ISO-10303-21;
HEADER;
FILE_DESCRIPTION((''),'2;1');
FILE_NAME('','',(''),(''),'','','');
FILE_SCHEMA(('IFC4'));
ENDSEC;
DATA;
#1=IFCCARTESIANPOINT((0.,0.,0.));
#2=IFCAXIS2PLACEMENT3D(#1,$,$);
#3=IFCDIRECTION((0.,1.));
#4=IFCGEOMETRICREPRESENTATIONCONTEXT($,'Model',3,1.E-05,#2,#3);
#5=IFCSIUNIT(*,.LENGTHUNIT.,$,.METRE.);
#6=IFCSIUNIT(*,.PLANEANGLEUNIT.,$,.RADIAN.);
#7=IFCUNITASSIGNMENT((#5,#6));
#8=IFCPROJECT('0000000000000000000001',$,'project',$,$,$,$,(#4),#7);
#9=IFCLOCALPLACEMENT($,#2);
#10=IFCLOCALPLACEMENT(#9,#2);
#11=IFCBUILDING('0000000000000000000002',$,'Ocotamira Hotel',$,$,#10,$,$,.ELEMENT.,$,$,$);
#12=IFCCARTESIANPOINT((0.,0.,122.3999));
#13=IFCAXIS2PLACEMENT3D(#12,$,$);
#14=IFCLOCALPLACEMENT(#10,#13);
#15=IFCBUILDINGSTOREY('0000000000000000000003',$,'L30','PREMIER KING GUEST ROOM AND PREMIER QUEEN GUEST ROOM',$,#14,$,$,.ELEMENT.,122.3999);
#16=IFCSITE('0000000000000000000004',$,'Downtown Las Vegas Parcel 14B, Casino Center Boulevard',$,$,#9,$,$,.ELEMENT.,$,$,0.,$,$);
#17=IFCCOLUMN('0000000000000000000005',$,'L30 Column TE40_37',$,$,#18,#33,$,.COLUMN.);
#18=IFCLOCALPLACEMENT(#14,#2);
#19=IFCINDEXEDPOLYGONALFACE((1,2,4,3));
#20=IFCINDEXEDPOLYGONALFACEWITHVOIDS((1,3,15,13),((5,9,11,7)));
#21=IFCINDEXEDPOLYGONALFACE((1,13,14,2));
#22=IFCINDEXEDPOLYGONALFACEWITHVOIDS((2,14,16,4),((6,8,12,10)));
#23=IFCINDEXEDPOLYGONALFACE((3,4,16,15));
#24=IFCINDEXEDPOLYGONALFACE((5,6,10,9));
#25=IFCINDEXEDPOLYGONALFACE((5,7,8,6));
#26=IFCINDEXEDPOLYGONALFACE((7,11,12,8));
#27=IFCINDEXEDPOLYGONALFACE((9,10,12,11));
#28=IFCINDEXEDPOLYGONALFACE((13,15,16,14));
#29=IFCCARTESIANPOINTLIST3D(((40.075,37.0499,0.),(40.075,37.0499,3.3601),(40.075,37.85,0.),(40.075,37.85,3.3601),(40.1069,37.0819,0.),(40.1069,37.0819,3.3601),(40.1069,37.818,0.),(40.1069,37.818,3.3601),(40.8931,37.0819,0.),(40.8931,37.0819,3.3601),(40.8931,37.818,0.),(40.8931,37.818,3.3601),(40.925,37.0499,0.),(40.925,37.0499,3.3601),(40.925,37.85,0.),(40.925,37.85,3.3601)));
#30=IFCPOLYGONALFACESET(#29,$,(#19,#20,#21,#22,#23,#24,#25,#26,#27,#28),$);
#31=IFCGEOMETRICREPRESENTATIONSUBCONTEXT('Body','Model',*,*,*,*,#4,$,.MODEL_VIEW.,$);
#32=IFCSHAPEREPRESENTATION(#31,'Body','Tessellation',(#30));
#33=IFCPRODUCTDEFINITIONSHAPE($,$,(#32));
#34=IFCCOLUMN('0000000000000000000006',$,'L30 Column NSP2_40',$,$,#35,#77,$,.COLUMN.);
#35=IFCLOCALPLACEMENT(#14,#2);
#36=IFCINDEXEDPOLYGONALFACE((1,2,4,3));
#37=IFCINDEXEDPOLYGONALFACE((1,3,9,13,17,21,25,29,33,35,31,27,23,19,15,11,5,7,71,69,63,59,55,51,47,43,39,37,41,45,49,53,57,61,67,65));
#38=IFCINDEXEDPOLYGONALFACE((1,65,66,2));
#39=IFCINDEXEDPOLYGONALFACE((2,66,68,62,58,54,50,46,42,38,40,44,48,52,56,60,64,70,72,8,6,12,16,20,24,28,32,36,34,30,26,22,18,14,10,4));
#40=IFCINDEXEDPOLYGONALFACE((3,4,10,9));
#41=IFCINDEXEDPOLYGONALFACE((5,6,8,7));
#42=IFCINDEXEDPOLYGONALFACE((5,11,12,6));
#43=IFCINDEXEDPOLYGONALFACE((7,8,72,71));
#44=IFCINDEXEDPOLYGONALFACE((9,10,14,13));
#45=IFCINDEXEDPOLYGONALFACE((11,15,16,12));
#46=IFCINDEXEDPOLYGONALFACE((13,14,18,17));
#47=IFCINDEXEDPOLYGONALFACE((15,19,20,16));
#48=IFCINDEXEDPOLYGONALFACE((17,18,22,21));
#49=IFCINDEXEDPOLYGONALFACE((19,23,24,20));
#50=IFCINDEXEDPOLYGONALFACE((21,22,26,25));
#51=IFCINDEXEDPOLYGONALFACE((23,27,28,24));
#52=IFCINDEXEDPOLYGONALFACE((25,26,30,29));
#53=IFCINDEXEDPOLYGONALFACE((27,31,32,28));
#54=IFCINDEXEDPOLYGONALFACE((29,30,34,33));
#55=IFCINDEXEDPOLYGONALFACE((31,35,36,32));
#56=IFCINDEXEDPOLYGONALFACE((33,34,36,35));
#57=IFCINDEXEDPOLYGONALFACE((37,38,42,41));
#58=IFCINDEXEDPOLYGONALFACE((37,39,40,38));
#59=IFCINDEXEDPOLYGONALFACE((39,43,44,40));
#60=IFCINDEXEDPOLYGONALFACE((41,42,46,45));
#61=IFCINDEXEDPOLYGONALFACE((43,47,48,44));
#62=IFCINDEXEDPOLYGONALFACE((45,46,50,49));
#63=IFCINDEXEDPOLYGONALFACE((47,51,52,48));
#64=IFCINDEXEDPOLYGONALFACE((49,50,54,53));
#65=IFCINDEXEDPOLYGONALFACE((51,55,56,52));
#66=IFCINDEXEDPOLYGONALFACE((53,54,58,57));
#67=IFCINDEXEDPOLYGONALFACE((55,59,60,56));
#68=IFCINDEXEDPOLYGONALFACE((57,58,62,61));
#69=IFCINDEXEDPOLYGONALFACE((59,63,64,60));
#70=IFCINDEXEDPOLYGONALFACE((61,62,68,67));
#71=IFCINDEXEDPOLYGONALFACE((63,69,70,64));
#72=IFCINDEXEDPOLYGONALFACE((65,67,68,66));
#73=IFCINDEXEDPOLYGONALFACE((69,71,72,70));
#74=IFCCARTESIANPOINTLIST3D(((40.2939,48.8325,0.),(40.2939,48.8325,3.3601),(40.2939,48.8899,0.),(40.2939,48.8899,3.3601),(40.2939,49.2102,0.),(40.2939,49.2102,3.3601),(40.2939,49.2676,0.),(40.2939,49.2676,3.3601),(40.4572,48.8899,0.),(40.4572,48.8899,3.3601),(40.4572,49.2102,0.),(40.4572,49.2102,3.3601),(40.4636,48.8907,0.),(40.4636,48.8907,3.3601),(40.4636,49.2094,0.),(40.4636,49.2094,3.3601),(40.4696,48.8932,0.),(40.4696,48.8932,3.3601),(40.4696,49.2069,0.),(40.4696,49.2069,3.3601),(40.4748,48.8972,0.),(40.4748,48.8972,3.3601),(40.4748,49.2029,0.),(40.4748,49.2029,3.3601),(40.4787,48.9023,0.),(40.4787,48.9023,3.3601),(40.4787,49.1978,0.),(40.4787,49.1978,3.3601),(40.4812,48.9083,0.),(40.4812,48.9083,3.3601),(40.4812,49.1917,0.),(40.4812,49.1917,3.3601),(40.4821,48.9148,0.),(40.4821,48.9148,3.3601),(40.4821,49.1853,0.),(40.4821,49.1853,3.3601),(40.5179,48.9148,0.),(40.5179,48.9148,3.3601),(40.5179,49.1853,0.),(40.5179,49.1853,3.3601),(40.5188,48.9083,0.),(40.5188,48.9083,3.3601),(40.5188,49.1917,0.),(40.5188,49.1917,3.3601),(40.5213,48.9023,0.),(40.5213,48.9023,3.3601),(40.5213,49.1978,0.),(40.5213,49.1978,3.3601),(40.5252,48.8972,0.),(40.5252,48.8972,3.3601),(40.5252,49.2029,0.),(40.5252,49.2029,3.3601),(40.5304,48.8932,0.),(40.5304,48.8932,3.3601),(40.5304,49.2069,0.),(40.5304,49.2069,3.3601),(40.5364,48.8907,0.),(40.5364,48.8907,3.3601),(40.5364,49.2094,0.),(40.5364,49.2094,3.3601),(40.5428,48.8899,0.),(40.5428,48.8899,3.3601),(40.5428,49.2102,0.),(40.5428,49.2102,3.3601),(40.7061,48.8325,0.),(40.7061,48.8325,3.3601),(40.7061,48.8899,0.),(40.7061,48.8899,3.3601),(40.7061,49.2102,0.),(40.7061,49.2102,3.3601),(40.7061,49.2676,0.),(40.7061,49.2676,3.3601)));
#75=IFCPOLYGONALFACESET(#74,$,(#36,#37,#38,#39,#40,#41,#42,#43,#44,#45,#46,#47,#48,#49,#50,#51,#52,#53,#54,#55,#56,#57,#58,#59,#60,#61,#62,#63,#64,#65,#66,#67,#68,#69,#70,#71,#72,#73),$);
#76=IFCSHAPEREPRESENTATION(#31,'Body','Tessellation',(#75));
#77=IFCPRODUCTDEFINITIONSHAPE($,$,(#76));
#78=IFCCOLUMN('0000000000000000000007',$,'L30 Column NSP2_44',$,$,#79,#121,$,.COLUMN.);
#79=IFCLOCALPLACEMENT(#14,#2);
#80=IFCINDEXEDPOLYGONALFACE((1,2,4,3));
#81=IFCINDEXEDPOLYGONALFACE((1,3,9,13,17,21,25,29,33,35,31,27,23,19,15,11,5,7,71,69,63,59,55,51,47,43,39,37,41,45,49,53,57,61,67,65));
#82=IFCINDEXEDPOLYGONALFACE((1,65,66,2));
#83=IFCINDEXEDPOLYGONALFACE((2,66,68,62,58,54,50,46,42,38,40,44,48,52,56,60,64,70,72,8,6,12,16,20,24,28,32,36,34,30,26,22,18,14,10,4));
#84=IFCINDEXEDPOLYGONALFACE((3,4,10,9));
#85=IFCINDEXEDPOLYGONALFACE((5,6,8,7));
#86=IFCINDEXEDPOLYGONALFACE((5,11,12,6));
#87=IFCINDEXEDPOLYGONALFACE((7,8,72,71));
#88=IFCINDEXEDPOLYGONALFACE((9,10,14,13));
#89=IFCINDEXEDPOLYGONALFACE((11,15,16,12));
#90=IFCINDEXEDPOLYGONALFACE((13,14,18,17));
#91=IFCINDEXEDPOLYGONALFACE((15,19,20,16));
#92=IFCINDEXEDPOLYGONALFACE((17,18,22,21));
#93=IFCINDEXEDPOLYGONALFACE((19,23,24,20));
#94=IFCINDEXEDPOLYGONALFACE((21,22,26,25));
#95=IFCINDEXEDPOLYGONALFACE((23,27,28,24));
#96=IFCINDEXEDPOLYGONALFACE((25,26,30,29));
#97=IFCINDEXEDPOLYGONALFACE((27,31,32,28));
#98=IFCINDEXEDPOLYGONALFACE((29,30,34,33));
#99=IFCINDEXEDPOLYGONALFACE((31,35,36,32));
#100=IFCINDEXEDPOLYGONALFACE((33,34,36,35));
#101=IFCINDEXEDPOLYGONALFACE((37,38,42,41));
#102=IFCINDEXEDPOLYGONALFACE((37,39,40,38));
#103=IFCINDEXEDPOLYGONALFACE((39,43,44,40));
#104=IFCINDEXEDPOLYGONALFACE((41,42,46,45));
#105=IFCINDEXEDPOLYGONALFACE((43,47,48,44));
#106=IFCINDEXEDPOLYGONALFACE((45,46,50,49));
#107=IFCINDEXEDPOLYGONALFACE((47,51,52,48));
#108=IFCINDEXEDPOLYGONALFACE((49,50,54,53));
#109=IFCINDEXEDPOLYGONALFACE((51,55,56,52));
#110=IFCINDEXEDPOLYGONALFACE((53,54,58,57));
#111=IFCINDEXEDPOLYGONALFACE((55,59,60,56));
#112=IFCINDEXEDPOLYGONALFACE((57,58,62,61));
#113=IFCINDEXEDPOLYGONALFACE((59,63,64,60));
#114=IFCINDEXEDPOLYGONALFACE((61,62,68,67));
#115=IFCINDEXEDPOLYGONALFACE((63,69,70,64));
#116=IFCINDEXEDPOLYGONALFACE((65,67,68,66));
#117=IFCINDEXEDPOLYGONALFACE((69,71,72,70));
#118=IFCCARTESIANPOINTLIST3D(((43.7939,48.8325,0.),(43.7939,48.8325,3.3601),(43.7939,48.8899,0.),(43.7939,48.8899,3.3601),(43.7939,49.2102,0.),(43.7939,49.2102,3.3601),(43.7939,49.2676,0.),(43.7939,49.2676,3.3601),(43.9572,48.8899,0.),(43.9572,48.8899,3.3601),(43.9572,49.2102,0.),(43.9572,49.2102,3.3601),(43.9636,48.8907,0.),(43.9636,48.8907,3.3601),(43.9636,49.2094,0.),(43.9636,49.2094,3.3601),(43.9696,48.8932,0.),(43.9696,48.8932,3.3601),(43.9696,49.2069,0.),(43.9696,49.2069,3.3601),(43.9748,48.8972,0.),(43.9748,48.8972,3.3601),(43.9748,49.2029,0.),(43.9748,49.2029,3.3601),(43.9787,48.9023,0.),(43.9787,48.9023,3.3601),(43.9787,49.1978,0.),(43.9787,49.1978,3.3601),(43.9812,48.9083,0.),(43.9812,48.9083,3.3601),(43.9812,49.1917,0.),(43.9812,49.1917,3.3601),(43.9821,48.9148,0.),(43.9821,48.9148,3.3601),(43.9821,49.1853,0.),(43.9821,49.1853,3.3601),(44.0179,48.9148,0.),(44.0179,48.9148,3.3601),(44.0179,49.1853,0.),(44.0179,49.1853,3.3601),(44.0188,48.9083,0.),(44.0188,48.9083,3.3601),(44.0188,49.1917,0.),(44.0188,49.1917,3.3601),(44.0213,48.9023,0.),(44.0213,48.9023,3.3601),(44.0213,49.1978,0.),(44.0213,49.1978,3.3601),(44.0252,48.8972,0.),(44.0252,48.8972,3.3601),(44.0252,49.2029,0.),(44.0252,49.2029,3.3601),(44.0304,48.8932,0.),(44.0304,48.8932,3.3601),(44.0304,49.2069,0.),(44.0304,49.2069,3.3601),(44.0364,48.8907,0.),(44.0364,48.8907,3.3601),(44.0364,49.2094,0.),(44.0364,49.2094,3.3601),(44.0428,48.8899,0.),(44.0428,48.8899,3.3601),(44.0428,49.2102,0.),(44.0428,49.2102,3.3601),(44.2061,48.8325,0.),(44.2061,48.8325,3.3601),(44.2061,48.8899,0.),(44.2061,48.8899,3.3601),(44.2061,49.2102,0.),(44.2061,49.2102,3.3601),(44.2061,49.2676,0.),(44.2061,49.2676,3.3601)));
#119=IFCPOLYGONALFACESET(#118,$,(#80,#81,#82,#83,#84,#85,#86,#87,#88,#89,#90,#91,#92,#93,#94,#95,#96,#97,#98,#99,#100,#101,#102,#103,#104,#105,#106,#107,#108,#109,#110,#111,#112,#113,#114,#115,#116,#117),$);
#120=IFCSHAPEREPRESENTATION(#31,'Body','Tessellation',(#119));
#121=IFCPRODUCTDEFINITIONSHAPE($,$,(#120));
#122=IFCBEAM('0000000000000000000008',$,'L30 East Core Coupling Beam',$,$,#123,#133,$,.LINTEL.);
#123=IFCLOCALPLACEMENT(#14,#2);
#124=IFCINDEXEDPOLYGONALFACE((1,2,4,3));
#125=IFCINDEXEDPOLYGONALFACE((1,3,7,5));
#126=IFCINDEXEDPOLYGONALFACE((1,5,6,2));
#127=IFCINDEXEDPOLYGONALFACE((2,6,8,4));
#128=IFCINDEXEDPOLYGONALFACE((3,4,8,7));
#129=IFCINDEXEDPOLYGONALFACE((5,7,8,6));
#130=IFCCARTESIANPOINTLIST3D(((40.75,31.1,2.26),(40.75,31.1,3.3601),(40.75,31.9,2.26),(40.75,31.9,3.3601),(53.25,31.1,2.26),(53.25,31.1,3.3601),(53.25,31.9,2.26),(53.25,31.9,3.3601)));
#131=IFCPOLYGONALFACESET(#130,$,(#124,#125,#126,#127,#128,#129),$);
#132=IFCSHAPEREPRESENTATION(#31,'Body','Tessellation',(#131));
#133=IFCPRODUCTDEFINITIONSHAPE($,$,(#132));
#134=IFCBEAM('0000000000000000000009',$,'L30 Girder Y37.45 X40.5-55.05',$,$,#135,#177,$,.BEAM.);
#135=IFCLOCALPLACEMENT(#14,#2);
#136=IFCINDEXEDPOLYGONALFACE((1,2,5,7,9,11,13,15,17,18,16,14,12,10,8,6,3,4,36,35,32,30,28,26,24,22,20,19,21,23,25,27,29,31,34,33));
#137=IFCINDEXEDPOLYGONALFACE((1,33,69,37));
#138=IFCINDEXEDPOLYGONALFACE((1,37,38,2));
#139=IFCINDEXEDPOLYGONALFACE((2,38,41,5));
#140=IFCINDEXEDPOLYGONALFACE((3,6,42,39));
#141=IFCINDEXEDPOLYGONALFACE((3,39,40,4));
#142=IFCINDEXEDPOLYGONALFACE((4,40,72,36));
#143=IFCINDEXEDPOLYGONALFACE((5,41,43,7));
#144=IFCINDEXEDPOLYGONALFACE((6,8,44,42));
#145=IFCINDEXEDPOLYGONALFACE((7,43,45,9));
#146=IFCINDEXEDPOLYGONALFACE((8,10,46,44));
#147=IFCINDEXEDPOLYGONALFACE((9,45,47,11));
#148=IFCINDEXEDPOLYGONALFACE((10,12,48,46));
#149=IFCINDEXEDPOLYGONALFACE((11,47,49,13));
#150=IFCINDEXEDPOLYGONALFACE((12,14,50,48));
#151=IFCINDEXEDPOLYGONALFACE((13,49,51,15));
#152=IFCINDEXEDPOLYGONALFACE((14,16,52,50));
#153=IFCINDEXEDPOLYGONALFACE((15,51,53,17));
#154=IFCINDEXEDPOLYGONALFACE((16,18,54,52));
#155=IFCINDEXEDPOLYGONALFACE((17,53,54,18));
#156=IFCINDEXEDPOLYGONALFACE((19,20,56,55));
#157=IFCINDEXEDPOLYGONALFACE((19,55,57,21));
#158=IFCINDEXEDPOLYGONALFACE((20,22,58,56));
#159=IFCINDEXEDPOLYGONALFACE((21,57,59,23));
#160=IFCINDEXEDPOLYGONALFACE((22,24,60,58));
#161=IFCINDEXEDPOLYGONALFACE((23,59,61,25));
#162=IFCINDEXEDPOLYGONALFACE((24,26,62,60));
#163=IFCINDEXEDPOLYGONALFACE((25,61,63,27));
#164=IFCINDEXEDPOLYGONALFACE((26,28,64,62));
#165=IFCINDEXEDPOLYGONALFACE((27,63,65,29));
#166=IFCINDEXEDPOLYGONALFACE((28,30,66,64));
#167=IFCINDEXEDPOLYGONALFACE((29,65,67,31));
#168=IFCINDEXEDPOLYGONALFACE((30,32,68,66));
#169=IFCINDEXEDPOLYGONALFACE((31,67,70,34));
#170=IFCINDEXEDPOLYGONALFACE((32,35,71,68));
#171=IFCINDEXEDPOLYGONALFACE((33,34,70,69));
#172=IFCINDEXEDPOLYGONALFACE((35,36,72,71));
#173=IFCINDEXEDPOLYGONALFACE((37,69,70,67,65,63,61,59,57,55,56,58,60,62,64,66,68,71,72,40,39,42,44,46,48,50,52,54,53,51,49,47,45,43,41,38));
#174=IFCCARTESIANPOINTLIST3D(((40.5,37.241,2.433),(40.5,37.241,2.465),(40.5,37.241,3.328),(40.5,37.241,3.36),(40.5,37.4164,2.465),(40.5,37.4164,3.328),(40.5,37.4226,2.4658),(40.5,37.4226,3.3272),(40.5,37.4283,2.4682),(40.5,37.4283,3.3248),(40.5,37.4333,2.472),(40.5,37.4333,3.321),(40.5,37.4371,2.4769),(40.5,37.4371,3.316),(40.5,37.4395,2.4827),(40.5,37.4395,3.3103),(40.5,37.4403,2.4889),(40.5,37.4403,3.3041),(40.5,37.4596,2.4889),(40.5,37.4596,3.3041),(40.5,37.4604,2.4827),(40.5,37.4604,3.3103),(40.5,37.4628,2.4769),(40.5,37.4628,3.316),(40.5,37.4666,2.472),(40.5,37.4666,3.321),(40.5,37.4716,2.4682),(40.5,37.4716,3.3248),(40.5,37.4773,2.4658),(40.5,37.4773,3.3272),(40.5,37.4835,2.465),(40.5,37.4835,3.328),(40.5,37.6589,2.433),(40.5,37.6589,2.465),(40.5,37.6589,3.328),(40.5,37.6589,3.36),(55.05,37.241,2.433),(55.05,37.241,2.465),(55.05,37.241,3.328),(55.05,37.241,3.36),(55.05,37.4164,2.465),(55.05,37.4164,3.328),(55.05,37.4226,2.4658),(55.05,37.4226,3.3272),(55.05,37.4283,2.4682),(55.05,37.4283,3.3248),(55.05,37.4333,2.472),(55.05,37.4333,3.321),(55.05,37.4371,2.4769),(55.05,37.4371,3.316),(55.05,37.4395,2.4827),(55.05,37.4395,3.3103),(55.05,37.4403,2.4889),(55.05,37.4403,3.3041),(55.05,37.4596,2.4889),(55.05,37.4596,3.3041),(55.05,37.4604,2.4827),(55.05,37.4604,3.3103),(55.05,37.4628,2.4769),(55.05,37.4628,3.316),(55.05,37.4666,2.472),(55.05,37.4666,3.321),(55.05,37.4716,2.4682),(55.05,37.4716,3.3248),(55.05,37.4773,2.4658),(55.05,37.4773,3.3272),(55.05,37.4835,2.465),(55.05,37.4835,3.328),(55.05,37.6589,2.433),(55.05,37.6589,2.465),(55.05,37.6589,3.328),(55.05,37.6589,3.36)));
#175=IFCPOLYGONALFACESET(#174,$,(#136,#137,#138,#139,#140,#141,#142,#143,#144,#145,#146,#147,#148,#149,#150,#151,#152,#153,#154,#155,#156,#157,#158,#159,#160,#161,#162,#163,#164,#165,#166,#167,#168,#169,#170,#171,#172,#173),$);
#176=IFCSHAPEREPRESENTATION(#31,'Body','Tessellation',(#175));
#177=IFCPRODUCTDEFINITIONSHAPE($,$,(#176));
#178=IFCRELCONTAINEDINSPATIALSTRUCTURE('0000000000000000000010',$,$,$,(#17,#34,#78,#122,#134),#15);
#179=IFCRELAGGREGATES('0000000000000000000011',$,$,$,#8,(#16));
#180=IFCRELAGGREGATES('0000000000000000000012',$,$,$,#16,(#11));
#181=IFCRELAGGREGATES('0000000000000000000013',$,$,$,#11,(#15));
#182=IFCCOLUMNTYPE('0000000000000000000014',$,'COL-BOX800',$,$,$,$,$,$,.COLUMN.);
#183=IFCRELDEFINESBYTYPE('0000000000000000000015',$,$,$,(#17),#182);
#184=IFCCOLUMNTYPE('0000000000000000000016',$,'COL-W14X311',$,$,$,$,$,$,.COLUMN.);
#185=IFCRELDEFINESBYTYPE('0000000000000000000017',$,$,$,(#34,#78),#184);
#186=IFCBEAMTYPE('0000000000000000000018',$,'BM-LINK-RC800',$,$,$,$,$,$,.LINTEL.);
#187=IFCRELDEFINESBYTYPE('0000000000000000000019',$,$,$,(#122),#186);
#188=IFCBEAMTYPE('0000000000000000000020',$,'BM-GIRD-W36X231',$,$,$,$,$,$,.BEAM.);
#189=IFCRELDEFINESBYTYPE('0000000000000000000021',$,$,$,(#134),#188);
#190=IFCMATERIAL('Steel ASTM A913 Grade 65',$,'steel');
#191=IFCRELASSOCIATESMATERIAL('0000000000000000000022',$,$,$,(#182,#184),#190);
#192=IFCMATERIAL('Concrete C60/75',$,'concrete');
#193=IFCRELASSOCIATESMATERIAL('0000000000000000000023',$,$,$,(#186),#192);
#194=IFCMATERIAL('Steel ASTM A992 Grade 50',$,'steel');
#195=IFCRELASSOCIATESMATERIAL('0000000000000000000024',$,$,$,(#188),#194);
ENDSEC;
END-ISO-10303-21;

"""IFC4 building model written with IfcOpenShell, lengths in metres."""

from ifc_helpers import new_model, si_unit, direction, frame, origin, origin_2d, place, context, subcontext, project, spatial, rectangle, hollow_rectangle, i_section, extrude, source, transform, mapped, material, material_profile, profile_set, type_object, element, save


model = new_model("IFC4")

# Units and contexts
model_context = context("Model", 3, precision=1e-05, world=origin(), true_north=direction((0.0, 1.0)))
body_context = subcontext(model_context, "Body", "Model", "MODEL_VIEW")
ifc_project = project(units=[si_unit("LENGTHUNIT", "METRE"), si_unit("PLANEANGLEUNIT", "RADIAN")], contexts=[model_context])

# Site, building, storey
site_placement = place(None, origin())
site = spatial("IfcSite", under=ifc_project, at=site_placement, Name="Downtown Las Vegas Parcel 14B, Casino Center Boulevard", CompositionType="ELEMENT", RefElevation=0.0)
building_placement = place(site_placement, origin())
building = spatial("IfcBuilding", under=site, at=building_placement, Name="Ocotamira Hotel", CompositionType="ELEMENT")
storey_placement = place(building_placement, frame((0.0, 0.0, 122.3999)))
storey = spatial("IfcBuildingStorey", under=building, at=storey_placement, Name="L30", Description="PREMIER KING GUEST ROOM AND PREMIER QUEEN GUEST ROOM", CompositionType="ELEMENT", Elevation=122.3999)

# Columns
ifc_material_1 = material(Name="Steel ASTM A913 Grade 65", Category="steel")
ifc_material_profile_1 = material_profile(ifc_material_1, hollow_rectangle(XDim=0.8501, YDim=0.8, WallThickness=0.032, at=origin_2d()), Name="BOX800X850X32")
ifc_profile_set_1 = profile_set([ifc_material_profile_1], Name="Steel ASTM A913 Grade 65")
column_type_1 = type_object("IfcColumnType", Name="COL-BOX800", PredefinedType="COLUMN", material=ifc_profile_set_1)
shared_shape_1 = source(origin(), body_context, "Body", "SweptSolid", [
    extrude(hollow_rectangle(XDim=0.8501, YDim=0.8, WallThickness=0.032, at=origin_2d()), origin(), (0.0, 0.0, 1.0), 3.3601),
])
column_placement = place(storey_placement, frame((40.5, 37.45, 0.0), z_axis=(0.0, 0.0, 1.0), x_axis=(1.0, 0.0, 0.0)))
element("IfcColumn", 1, at=column_placement, inside=storey, type_object=column_type_1, Name="L30 Column TE40_37", PredefinedType="COLUMN", context=body_context, shape_type="MappedRepresentation", body=[
    mapped(shared_shape_1, transform((0.0, 0.0, 0.0), scale=1.0)),
])
ifc_material_profile_2 = material_profile(ifc_material_1, i_section(OverallWidth=0.4121, OverallDepth=0.4351, WebThickness=0.0359, FlangeThickness=0.0574, FilletRadius=0.0249, at=origin_2d()), Name="W14X311")
ifc_profile_set_2 = profile_set([ifc_material_profile_2], Name="Steel ASTM A913 Grade 65")
column_type_2 = type_object("IfcColumnType", Name="COL-W14X311", PredefinedType="COLUMN", material=ifc_profile_set_2)
shared_shape_2 = source(origin(), body_context, "Body", "SweptSolid", [
    extrude(i_section(OverallWidth=0.4121, OverallDepth=0.4351, WebThickness=0.0359, FlangeThickness=0.0574, FilletRadius=0.0249, at=origin_2d()), origin(), (0.0, 0.0, 1.0), 3.3601),
])
for number, where, z_axis, x_axis, name in (
    (2, (40.5, 49.05, 0.0), (0.0, 0.0, 1.0), (1.0, 0.0, 0.0), "L30 Column NSP2_40"),
    (3, (44.0, 49.05, 0.0), (0.0, 0.0, 1.0), (1.0, 0.0, 0.0), "L30 Column NSP2_44"),
):
    element("IfcColumn", number, at=place(storey_placement, frame(where, z_axis=z_axis, x_axis=x_axis)), inside=storey, type_object=column_type_2, Name=name, PredefinedType="COLUMN", context=body_context, shape_type="MappedRepresentation", body=[
        mapped(shared_shape_2, transform((0.0, 0.0, 0.0), scale=1.0)),
    ])

# Beams
ifc_material_2 = material(Name="Concrete C60/75", Category="concrete")
ifc_material_profile_3 = material_profile(ifc_material_2, rectangle(XDim=0.8, YDim=1.1001, at=origin_2d()), Name="RC800X1100")
ifc_profile_set_3 = profile_set([ifc_material_profile_3], Name="Concrete C60/75")
beam_type_1 = type_object("IfcBeamType", Name="BM-LINK-RC800", PredefinedType="LINTEL", material=ifc_profile_set_3)
shared_shape_3 = source(origin(), body_context, "Body", "SweptSolid", [
    extrude(rectangle(XDim=0.8, YDim=1.1001, at=origin_2d()), origin(), (0.0, 0.0, 1.0), 12.5),
])
beam_1_placement = place(storey_placement, frame((40.75, 31.5, 2.8101), z_axis=(1.0, 0.0, 0.0), x_axis=(0.0, 1.0, 0.0)))
element("IfcBeam", 4, at=beam_1_placement, inside=storey, type_object=beam_type_1, Name="L30 East Core Coupling Beam", PredefinedType="LINTEL", context=body_context, shape_type="MappedRepresentation", body=[
    mapped(shared_shape_3, transform((0.0, 0.0, 0.0), scale=1.0)),
])
ifc_material_3 = material(Name="Steel ASTM A992 Grade 50", Category="steel")
ifc_material_profile_4 = material_profile(ifc_material_3, i_section(OverallWidth=0.418, OverallDepth=0.927, WebThickness=0.0193, FlangeThickness=0.032, FilletRadius=0.0239, at=origin_2d()), Name="W36X231")
ifc_profile_set_4 = profile_set([ifc_material_profile_4], Name="Steel ASTM A992 Grade 50")
beam_type_2 = type_object("IfcBeamType", Name="BM-GIRD-W36X231", PredefinedType="BEAM", material=ifc_profile_set_4)
shared_shape_4 = source(origin(), body_context, "Body", "SweptSolid", [
    extrude(i_section(OverallWidth=0.418, OverallDepth=0.927, WebThickness=0.0193, FlangeThickness=0.032, FilletRadius=0.0239, at=origin_2d()), origin(), (0.0, 0.0, 1.0), 14.55),
])
beam_2_placement = place(storey_placement, frame((40.5, 37.45, 2.8965), z_axis=(1.0, 0.0, 0.0), x_axis=(0.0, 1.0, 0.0)))
element("IfcBeam", 5, at=beam_2_placement, inside=storey, type_object=beam_type_2, Name="L30 Girder Y37.45 X40.5-55.05", PredefinedType="BEAM", context=body_context, shape_type="MappedRepresentation", body=[
    mapped(shared_shape_4, transform((0.0, 0.0, 0.0), scale=1.0)),
])

save(model, "model.ifc")
